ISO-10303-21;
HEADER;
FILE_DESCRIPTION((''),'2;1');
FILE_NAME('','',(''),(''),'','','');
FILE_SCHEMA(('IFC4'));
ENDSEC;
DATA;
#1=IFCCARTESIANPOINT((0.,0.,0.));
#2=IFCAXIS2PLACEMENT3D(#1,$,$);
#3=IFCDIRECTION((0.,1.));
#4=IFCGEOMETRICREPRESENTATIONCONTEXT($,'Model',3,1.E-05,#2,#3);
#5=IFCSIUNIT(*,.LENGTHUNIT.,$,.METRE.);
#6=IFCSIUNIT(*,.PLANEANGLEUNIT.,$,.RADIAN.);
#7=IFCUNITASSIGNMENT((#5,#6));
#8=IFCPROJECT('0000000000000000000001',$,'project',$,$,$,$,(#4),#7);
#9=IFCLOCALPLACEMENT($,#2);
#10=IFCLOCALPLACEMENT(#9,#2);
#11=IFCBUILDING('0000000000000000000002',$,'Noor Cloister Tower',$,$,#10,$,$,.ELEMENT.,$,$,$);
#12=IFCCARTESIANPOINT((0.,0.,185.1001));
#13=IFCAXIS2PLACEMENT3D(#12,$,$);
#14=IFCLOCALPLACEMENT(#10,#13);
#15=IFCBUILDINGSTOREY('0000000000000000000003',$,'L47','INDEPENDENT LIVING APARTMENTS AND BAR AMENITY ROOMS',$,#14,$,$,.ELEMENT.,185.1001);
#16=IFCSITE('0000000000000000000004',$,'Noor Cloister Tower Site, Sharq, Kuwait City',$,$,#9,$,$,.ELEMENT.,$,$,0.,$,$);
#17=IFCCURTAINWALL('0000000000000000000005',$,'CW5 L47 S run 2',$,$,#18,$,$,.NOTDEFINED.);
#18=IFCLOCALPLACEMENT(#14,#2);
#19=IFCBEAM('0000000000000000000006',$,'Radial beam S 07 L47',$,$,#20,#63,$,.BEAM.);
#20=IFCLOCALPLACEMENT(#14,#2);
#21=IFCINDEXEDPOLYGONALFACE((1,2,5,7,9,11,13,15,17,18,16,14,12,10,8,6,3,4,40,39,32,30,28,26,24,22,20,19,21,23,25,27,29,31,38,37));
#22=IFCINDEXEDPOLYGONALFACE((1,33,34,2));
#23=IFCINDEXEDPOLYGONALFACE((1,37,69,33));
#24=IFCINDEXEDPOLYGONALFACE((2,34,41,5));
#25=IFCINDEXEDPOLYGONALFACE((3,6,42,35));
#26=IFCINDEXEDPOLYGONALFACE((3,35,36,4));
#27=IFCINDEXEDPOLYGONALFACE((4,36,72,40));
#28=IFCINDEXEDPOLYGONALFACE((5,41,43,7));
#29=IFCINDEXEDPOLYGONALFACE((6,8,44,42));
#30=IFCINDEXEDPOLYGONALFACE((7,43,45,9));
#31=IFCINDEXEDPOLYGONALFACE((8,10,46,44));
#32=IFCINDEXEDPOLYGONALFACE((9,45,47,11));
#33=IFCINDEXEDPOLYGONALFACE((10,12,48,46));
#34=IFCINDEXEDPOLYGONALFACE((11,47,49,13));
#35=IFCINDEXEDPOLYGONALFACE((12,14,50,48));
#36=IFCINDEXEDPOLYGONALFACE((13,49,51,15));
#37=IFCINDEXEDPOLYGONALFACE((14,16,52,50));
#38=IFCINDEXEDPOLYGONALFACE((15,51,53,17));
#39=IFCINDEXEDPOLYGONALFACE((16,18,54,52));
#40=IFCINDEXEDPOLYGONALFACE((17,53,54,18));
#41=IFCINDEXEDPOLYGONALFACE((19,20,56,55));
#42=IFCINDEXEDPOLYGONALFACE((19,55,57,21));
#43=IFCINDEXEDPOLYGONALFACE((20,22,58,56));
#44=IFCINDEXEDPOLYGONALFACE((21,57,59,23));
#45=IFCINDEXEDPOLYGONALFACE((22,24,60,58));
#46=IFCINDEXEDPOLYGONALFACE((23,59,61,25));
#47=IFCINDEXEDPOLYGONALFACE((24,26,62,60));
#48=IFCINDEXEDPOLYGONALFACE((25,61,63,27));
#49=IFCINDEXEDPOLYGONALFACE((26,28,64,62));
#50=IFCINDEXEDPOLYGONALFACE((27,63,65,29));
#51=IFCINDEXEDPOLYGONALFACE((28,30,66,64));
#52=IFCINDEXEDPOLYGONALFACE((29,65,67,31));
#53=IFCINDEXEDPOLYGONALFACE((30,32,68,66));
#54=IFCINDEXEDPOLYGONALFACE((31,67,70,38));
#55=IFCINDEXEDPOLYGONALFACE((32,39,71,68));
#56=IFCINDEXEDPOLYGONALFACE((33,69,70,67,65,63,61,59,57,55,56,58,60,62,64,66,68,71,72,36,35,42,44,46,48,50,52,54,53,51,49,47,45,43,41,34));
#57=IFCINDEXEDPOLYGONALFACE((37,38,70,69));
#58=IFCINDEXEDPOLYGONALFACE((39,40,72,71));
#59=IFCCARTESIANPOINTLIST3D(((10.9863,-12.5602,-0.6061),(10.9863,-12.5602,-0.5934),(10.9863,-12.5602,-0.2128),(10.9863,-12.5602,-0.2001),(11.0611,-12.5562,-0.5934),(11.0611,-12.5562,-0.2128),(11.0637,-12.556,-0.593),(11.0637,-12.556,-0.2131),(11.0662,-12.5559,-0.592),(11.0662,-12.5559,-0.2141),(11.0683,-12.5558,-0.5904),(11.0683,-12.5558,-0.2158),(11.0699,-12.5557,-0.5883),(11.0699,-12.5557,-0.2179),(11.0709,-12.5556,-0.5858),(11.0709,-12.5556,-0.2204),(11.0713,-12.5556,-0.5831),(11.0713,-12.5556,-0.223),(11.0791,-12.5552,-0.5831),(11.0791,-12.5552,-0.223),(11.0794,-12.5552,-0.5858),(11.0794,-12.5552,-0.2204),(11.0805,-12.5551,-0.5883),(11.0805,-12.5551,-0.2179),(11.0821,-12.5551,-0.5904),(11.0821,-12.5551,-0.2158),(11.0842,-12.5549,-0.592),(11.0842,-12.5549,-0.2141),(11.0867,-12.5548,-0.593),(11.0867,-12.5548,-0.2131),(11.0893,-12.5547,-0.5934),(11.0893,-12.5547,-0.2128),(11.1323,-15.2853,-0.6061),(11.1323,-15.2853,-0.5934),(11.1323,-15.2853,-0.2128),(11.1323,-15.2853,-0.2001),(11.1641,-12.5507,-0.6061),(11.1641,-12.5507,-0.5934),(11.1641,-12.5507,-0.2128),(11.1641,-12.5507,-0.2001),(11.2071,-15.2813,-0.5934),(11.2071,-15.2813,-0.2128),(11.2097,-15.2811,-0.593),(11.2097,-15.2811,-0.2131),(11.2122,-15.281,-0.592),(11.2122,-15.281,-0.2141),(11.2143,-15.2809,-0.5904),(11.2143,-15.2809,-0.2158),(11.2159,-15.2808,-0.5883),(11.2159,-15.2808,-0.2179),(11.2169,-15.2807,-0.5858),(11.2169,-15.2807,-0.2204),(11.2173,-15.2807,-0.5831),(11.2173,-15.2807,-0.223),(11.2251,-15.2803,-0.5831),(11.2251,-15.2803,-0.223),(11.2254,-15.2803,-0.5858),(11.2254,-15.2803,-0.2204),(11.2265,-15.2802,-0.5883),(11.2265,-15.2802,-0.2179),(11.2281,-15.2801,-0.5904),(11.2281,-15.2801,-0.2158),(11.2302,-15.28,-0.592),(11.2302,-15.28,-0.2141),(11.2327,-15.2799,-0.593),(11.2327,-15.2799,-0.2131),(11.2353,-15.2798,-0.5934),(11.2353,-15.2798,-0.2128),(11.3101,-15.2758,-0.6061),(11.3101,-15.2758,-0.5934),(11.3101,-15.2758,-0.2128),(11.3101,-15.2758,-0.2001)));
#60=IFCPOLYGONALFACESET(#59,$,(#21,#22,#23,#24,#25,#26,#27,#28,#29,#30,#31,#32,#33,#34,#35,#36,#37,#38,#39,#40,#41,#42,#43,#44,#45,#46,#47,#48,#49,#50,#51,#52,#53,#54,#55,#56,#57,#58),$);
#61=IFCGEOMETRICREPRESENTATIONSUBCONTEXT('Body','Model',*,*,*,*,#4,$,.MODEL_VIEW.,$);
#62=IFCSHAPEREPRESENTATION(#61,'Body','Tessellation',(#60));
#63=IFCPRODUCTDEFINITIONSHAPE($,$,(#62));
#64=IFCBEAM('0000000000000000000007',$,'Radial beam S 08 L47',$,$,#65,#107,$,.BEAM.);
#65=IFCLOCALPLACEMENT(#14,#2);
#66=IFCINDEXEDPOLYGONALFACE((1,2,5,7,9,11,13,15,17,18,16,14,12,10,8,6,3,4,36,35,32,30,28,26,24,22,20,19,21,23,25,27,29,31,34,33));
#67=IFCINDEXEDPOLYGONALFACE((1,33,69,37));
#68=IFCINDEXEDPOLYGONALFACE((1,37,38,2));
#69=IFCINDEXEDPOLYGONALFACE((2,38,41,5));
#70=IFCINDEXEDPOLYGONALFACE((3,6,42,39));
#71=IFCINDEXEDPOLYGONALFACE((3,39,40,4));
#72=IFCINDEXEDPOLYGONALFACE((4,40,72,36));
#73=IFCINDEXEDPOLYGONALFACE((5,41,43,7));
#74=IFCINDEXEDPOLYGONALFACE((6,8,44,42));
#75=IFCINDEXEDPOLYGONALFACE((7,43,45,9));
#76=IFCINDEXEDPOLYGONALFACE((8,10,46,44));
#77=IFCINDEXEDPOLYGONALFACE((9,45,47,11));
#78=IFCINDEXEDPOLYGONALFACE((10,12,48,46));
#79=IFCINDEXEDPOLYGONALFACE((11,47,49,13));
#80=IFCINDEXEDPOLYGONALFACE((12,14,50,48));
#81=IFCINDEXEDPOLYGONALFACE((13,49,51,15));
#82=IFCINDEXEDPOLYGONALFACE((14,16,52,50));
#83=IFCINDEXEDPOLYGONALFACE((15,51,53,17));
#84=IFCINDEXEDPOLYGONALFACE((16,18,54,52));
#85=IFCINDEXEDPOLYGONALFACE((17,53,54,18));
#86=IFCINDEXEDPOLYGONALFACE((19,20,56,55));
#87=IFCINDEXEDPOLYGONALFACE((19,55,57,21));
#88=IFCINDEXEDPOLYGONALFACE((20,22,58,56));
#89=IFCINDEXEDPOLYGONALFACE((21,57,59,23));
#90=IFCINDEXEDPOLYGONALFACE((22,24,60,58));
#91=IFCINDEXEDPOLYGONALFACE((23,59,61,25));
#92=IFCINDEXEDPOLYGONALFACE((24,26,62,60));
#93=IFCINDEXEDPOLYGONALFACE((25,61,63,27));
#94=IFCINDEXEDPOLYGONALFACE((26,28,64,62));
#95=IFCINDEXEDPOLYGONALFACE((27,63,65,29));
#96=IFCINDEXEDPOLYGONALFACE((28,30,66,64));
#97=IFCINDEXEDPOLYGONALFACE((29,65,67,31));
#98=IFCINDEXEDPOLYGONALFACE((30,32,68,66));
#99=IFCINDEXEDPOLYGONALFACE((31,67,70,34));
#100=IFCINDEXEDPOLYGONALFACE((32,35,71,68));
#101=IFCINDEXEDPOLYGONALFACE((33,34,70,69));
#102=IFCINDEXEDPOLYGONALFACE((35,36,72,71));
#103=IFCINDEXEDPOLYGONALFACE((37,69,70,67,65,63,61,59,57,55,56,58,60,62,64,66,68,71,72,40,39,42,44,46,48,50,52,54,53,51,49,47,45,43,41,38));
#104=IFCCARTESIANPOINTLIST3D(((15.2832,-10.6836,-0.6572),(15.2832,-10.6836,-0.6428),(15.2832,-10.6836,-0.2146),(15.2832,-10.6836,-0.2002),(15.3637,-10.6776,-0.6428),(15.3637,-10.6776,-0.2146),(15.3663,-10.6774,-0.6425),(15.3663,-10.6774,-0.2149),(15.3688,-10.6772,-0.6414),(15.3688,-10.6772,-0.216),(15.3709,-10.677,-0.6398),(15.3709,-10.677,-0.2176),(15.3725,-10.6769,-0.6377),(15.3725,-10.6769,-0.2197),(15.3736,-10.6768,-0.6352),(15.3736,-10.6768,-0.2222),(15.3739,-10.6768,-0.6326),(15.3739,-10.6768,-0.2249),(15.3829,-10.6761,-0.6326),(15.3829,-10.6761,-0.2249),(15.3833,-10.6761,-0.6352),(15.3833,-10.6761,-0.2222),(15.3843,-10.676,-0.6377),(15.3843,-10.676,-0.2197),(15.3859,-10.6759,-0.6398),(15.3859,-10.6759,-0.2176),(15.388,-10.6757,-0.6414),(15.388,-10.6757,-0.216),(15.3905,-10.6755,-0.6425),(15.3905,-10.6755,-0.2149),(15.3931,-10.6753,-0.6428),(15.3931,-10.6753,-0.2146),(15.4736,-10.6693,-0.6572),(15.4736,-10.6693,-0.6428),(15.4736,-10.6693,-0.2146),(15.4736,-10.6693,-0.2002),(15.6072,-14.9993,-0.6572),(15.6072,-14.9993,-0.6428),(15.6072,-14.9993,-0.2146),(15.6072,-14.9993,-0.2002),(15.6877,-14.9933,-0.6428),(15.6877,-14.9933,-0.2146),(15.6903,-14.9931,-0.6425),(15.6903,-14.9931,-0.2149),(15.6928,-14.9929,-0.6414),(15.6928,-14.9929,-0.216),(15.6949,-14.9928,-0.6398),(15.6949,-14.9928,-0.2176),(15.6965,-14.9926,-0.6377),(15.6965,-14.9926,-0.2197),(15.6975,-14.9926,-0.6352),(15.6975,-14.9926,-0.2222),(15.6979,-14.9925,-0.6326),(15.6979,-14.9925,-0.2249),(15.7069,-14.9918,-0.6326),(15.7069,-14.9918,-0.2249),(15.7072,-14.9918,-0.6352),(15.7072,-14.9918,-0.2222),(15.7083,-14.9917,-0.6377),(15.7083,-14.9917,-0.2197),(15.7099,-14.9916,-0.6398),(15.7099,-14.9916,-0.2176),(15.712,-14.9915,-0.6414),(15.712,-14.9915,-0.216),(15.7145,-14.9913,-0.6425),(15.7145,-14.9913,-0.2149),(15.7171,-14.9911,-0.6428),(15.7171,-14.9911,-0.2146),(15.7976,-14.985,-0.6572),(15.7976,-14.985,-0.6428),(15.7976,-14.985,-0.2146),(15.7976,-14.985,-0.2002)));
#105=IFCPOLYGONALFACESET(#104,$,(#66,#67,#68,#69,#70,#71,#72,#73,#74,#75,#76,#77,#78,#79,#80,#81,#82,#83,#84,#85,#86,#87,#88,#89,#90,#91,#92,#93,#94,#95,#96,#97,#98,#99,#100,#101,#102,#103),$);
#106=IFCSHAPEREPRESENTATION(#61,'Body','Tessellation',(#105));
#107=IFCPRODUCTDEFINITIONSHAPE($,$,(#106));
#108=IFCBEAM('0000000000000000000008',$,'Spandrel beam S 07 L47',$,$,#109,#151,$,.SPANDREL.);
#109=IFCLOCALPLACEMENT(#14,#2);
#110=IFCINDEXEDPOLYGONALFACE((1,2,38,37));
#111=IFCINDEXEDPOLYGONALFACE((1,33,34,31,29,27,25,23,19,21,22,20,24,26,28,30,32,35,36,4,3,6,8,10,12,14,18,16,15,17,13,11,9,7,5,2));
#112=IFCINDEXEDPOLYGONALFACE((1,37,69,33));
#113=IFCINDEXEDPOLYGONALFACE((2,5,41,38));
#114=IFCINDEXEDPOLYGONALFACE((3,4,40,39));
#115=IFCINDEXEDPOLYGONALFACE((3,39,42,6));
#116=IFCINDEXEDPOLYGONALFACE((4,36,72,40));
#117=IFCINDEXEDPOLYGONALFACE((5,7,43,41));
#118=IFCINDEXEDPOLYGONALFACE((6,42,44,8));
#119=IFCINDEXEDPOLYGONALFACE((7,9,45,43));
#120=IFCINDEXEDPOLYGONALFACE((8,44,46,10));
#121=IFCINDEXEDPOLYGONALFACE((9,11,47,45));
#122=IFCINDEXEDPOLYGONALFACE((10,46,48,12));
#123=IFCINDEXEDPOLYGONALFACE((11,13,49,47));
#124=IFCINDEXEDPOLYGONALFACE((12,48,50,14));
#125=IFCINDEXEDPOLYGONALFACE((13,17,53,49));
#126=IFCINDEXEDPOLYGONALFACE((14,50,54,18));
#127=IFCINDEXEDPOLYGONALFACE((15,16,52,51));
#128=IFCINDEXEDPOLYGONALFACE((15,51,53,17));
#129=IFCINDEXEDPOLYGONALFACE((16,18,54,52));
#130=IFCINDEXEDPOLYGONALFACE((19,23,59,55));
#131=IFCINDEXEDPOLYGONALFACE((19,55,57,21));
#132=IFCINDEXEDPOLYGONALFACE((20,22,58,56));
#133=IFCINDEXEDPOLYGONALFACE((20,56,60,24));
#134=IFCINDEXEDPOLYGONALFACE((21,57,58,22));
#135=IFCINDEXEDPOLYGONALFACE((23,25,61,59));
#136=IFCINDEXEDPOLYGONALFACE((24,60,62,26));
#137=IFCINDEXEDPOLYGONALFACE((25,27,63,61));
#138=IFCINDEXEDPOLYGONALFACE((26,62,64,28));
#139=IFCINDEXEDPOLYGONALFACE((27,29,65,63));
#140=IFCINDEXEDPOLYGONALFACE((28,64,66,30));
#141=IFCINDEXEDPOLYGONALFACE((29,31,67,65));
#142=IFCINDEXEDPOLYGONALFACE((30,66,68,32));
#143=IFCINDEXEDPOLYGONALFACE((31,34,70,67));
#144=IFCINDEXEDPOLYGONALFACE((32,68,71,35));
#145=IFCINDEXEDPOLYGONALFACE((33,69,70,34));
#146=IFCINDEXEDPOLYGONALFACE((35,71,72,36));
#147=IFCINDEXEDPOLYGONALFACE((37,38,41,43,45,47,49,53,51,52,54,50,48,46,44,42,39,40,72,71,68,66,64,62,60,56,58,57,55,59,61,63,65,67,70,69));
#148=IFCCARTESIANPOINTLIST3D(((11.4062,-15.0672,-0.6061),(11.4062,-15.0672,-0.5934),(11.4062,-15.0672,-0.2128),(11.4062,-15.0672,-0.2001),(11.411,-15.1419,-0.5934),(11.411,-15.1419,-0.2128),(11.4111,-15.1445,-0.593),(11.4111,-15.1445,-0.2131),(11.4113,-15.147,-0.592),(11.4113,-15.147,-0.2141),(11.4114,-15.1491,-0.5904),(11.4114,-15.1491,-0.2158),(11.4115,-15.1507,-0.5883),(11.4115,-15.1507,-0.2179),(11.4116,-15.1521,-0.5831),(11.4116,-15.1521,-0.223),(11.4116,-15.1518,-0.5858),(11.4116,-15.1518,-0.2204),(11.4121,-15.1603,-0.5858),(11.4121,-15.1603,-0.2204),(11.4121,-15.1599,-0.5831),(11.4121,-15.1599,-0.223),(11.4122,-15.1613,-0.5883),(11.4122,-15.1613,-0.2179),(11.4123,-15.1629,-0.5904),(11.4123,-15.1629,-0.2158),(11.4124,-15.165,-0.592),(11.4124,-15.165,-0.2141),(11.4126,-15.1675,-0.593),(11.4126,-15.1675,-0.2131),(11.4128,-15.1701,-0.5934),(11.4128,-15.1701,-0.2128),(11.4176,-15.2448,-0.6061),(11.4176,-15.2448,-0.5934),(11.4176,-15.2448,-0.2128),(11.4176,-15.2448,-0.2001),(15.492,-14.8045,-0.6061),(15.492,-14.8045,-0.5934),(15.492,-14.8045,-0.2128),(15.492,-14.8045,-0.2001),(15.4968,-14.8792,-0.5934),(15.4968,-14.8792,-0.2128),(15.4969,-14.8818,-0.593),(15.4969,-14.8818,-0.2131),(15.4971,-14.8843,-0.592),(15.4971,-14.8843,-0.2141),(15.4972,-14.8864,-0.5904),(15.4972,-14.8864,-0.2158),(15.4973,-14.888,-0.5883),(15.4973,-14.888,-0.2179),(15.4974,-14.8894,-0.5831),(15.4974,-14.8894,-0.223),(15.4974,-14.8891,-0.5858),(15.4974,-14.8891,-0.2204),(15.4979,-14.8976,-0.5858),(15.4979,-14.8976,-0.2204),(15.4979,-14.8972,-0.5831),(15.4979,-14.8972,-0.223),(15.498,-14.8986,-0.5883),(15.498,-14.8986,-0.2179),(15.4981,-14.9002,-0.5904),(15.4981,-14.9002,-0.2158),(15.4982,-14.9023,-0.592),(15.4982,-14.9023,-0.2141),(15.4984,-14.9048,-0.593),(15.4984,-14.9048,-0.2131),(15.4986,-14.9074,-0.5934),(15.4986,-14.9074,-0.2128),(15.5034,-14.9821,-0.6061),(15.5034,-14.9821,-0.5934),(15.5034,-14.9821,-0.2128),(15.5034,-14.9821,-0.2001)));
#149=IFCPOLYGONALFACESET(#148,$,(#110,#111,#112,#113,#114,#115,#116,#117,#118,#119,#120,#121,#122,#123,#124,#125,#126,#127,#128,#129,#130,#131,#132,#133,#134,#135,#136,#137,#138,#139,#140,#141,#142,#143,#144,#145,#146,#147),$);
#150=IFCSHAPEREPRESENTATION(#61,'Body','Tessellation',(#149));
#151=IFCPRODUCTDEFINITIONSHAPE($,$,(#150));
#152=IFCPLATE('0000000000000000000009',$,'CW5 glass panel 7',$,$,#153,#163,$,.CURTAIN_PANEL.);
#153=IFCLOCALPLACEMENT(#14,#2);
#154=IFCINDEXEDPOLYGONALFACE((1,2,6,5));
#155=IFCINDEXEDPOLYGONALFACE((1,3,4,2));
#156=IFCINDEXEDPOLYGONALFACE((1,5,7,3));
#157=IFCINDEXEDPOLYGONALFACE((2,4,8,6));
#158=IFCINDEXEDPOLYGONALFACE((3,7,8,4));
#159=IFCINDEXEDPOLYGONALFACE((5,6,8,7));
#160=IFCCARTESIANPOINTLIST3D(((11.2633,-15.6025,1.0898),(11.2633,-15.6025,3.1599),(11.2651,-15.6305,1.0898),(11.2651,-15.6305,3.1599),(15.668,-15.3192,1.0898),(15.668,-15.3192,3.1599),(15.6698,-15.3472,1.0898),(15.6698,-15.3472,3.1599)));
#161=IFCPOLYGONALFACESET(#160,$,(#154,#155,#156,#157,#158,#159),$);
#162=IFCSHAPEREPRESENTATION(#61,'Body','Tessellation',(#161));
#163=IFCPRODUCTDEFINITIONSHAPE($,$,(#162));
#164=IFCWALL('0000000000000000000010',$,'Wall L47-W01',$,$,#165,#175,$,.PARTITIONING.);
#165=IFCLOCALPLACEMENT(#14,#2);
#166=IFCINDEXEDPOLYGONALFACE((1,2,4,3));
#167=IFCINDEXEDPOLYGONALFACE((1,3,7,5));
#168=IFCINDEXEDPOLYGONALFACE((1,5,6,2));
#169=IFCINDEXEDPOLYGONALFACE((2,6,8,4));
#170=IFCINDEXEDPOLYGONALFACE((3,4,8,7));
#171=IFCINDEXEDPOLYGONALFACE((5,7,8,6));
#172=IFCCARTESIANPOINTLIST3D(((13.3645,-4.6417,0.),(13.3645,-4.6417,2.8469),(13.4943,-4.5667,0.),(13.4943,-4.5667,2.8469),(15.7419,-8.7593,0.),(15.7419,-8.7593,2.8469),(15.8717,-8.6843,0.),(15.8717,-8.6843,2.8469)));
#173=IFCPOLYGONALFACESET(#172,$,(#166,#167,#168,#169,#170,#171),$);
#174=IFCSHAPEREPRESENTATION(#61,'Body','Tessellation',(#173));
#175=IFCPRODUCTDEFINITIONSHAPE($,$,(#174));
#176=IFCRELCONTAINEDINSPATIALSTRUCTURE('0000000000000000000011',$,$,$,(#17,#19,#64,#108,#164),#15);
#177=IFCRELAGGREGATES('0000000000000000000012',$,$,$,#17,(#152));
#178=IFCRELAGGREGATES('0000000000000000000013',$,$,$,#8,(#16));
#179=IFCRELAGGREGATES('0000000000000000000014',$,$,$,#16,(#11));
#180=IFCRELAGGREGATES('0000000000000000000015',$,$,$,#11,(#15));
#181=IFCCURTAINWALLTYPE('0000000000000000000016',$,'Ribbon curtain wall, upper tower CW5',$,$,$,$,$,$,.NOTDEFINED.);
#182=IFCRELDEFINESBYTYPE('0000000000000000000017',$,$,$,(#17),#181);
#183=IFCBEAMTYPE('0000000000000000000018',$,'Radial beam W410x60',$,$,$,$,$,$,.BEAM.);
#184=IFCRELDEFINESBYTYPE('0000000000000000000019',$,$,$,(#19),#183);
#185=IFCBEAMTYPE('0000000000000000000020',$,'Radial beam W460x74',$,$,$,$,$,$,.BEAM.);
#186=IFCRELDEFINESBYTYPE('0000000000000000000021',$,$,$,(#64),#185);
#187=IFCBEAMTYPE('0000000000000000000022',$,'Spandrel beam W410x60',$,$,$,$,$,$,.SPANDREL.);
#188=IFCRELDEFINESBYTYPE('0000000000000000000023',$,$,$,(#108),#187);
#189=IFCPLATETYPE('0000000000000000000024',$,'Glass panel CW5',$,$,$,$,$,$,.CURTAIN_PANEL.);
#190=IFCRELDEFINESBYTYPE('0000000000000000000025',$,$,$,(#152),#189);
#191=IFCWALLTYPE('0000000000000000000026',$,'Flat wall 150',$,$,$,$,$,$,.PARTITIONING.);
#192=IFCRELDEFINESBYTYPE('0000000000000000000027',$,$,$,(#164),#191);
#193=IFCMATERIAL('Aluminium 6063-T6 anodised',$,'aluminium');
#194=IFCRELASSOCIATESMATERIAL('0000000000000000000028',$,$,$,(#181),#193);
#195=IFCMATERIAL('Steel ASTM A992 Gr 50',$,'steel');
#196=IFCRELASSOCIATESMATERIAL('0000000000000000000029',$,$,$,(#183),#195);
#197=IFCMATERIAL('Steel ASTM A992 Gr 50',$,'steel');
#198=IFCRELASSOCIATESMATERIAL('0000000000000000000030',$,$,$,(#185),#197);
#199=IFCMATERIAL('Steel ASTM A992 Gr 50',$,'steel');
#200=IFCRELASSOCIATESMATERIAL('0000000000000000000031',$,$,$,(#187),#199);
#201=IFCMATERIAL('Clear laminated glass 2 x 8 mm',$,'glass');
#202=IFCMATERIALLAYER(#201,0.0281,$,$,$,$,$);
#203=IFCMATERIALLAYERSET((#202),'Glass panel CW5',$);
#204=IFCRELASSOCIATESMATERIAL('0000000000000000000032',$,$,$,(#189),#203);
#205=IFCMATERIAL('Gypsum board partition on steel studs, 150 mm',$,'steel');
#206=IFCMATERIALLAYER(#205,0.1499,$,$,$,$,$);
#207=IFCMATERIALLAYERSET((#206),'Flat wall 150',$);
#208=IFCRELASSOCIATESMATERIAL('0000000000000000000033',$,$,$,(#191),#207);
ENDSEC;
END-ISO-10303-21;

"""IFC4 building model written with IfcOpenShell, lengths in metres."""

from ifc_helpers import new_model, si_unit, direction, frame, frame_2d, origin, origin_2d, place, context, subcontext, project, spatial, rectangle, i_section, extrude, material, layer, layer_set, material_profile, profile_set, type_object, element, aggregate, save


model = new_model("IFC4")

# Units and contexts
model_context = context("Model", 3, precision=1e-05, world=origin(), true_north=direction((0.0, 1.0)))
body_context = subcontext(model_context, "Body", "Model", "MODEL_VIEW")
ifc_project = project(units=[si_unit("LENGTHUNIT", "METRE"), si_unit("PLANEANGLEUNIT", "RADIAN")], contexts=[model_context])

# Site, building, storey
site_placement = place(None, origin())
site = spatial("IfcSite", under=ifc_project, at=site_placement, Name="Noor Cloister Tower Site, Sharq, Kuwait City", CompositionType="ELEMENT", RefElevation=0.0)
building_placement = place(site_placement, origin())
building = spatial("IfcBuilding", under=site, at=building_placement, Name="Noor Cloister Tower", CompositionType="ELEMENT")
storey_placement = place(building_placement, frame((0.0, 0.0, 185.1001)))
storey = spatial("IfcBuildingStorey", under=building, at=storey_placement, Name="L47", Description="INDEPENDENT LIVING APARTMENTS AND BAR AMENITY ROOMS", CompositionType="ELEMENT", Elevation=185.1001)

# Curtain wall
ifc_material_1 = material(Name="Aluminium 6063-T6 anodised", Category="aluminium")
curtain_wall_type = type_object("IfcCurtainWallType", Name="Ribbon curtain wall, upper tower CW5", PredefinedType="NOTDEFINED", material=ifc_material_1)
curtain_wall_placement = place(storey_placement, origin())
curtain_wall = element("IfcCurtainWall", 1, at=curtain_wall_placement, inside=storey, type_object=curtain_wall_type, Name="CW5 L47 S run 2", PredefinedType="NOTDEFINED")

# Beams
ifc_material_2 = material(Name="Steel ASTM A992 Gr 50", Category="steel")
ifc_material_profile_1 = material_profile(ifc_material_2, i_section(OverallWidth=0.178, OverallDepth=0.406, WebThickness=0.0078, FlangeThickness=0.0127, FilletRadius=0.0103, at=origin_2d()), Name="W410x60")
ifc_profile_set_1 = profile_set([ifc_material_profile_1], Name="Steel ASTM A992 Gr 50")
beam_type_1 = type_object("IfcBeamType", Name="Radial beam W410x60", PredefinedType="BEAM", material=ifc_profile_set_1)
beam_1_placement = place(storey_placement, frame((11.2212, -15.2805, -0.4031), z_axis=(-0.053498, 0.998568, 0.0), x_axis=(-0.998568, -0.053498, 0.0)))
element("IfcBeam", 2, at=beam_1_placement, inside=storey, type_object=beam_type_1, Name="Radial beam S 07 L47", PredefinedType="BEAM", context=body_context, shape_type="SweptSolid", body=[
    extrude(i_section(OverallWidth=0.178, OverallDepth=0.406, WebThickness=0.0078, FlangeThickness=0.0127, FilletRadius=0.0103, at=origin_2d()), origin(), (0.0, 0.0, 1.0), 2.729),
])
ifc_material_3 = material(Name="Steel ASTM A992 Gr 50", Category="steel")
ifc_material_profile_2 = material_profile(ifc_material_3, i_section(OverallWidth=0.1909, OverallDepth=0.457, WebThickness=0.009, FlangeThickness=0.0144, FilletRadius=0.0103, at=origin_2d()), Name="W460x74")
ifc_profile_set_2 = profile_set([ifc_material_profile_2], Name="Steel ASTM A992 Gr 50")
beam_type_2 = type_object("IfcBeamType", Name="Radial beam W460x74", PredefinedType="BEAM", material=ifc_profile_set_2)
beam_2_placement = place(storey_placement, frame((15.7024, -14.9922, -0.4287), z_axis=(-0.074859, 0.997194, 0.0), x_axis=(-0.997194, -0.074859, 0.0)))
element("IfcBeam", 3, at=beam_2_placement, inside=storey, type_object=beam_type_2, Name="Radial beam S 08 L47", PredefinedType="BEAM", context=body_context, shape_type="SweptSolid", body=[
    extrude(i_section(OverallWidth=0.1909, OverallDepth=0.457, WebThickness=0.009, FlangeThickness=0.0144, FilletRadius=0.0103, at=origin_2d()), origin(), (0.0, 0.0, 1.0), 4.3279),
])
ifc_material_4 = material(Name="Steel ASTM A992 Gr 50", Category="steel")
ifc_material_profile_3 = material_profile(ifc_material_4, i_section(OverallWidth=0.178, OverallDepth=0.406, WebThickness=0.0078, FlangeThickness=0.0127, FilletRadius=0.0103, at=origin_2d()), Name="W410x60")
ifc_profile_set_3 = profile_set([ifc_material_profile_3], Name="Steel ASTM A992 Gr 50")
beam_type_3 = type_object("IfcBeamType", Name="Spandrel beam W410x60", PredefinedType="SPANDREL", material=ifc_profile_set_3)
beam_3_placement = place(storey_placement, frame((11.4119, -15.156, -0.4031), z_axis=(0.997939, 0.064164, 0.0), x_axis=(-0.064164, 0.997939, 0.0)))
element("IfcBeam", 4, at=beam_3_placement, inside=storey, type_object=beam_type_3, Name="Spandrel beam S 07 L47", PredefinedType="SPANDREL", context=body_context, shape_type="SweptSolid", body=[
    extrude(i_section(OverallWidth=0.178, OverallDepth=0.406, WebThickness=0.0078, FlangeThickness=0.0127, FilletRadius=0.0103, at=origin_2d()), origin(), (0.0, 0.0, 1.0), 4.0942),
])

# Plate
ifc_material_5 = material(Name="Clear laminated glass 2 x 8 mm", Category="glass")
ifc_layer_1 = layer(ifc_material_5, 0.0281)
ifc_layer_set_1 = layer_set([ifc_layer_1], Name="Glass panel CW5")
plate_type = type_object("IfcPlateType", Name="Glass panel CW5", PredefinedType="CURTAIN_PANEL", material=ifc_layer_set_1)
plate_placement = place(storey_placement, frame((13.4666, -15.4749, 1.0898), z_axis=(0.0, 0.0, 1.0), x_axis=(0.997938, 0.06418, 0.0)))
plate = element("IfcPlate", 5, at=plate_placement, type_object=plate_type, Name="CW5 glass panel 7", PredefinedType="CURTAIN_PANEL", context=body_context, shape_type="SweptSolid", body=[
    extrude(rectangle(XDim=4.4138, YDim=0.0281, at=origin_2d()), origin(), (0.0, 0.0, 1.0), 2.0701),
])
aggregate(curtain_wall, [plate])

# Wall
ifc_material_6 = material(Name="Gypsum board partition on steel studs, 150 mm", Category="steel")
ifc_layer_2 = layer(ifc_material_6, 0.1499)
ifc_layer_set_2 = layer_set([ifc_layer_2], Name="Flat wall 150")
wall_type = type_object("IfcWallType", Name="Flat wall 150", PredefinedType="PARTITIONING", material=ifc_layer_set_2)
wall_placement = place(storey_placement, frame((15.8069, -8.7219, 0.0), z_axis=(0.0, 0.0, 1.0), x_axis=(-0.500016, 0.866016, 0.0)))
element("IfcWall", 6, at=wall_placement, inside=storey, type_object=wall_type, Name="Wall L47-W01", PredefinedType="PARTITIONING", context=body_context, shape_type="SweptSolid", body=[
    extrude(rectangle(XDim=4.7546, YDim=0.1499, at=frame_2d((2.3774, 0.0))), origin(), (0.0, 0.0, 1.0), 2.8469),
])

save(model, "model.ifc")
